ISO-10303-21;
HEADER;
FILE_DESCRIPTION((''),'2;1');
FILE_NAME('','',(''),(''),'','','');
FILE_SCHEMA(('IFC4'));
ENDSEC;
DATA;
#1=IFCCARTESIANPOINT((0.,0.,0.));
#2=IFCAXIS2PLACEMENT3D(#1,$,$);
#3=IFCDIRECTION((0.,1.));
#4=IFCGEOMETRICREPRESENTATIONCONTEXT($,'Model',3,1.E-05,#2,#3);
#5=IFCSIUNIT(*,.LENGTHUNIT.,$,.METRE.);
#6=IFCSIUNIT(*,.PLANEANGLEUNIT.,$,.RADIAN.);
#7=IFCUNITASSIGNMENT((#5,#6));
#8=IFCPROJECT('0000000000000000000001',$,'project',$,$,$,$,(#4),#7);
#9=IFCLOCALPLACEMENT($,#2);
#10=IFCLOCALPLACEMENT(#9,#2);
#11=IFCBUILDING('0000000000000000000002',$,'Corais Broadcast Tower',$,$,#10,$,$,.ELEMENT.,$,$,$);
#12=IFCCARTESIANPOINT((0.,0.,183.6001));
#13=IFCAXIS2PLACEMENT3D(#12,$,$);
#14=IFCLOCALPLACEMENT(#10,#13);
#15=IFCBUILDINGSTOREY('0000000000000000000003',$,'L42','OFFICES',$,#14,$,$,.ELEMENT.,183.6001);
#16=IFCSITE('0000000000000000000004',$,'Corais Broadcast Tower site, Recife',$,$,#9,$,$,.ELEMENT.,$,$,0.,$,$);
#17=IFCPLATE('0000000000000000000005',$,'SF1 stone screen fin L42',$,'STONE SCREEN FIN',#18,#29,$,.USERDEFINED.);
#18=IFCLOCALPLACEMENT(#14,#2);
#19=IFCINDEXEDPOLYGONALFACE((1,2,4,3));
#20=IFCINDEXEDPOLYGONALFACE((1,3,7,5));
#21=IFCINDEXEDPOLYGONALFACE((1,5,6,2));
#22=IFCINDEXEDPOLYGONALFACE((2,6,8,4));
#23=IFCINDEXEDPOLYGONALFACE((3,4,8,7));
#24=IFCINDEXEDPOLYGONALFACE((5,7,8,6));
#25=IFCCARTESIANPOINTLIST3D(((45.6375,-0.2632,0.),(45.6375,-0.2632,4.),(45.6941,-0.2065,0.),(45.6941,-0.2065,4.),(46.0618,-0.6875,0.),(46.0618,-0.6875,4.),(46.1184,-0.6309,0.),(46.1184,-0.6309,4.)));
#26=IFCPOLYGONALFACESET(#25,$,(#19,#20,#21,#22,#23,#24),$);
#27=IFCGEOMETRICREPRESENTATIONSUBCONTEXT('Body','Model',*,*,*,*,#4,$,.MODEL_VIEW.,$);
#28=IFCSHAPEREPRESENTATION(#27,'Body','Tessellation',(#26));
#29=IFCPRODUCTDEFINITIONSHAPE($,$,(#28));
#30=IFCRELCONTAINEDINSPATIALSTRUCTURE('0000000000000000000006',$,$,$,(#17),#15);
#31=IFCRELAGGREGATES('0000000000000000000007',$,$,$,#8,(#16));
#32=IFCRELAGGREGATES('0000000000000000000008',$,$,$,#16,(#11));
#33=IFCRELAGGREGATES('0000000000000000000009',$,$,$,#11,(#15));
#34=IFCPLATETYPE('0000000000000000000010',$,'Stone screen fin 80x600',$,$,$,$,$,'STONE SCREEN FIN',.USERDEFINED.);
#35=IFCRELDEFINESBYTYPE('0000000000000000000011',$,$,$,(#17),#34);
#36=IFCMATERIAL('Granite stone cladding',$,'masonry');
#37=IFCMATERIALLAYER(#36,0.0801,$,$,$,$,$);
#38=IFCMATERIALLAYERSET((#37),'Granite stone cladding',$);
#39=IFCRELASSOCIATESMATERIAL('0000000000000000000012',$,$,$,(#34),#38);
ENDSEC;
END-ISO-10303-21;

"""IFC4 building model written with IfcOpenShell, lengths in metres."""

from ifc_helpers import new_model, si_unit, direction, frame, origin, origin_2d, place, context, subcontext, project, spatial, rectangle, extrude, material, layer, layer_set, type_object, element, save


model = new_model("IFC4")

# Units and contexts
model_context = context("Model", 3, precision=1e-05, world=origin(), true_north=direction((0.0, 1.0)))
body_context = subcontext(model_context, "Body", "Model", "MODEL_VIEW")
ifc_project = project(units=[si_unit("LENGTHUNIT", "METRE"), si_unit("PLANEANGLEUNIT", "RADIAN")], contexts=[model_context])

# Site, building, storey
site_placement = place(None, origin())
site = spatial("IfcSite", under=ifc_project, at=site_placement, Name="Corais Broadcast Tower site, Recife", CompositionType="ELEMENT", RefElevation=0.0)
building_placement = place(site_placement, origin())
building = spatial("IfcBuilding", under=site, at=building_placement, Name="Corais Broadcast Tower", CompositionType="ELEMENT")
storey_placement = place(building_placement, frame((0.0, 0.0, 183.6001)))
storey = spatial("IfcBuildingStorey", under=building, at=storey_placement, Name="L42", Description="OFFICES", CompositionType="ELEMENT", Elevation=183.6001)

# Plate
ifc_material_1 = material(Name="Granite stone cladding", Category="masonry")
ifc_layer_1 = layer(ifc_material_1, 0.0801)
ifc_layer_set_1 = layer_set([ifc_layer_1], Name="Granite stone cladding")
plate_type_1 = type_object("IfcPlateType", Name="Stone screen fin 80x600", ElementType="STONE SCREEN FIN", PredefinedType="USERDEFINED", material=ifc_layer_set_1)
for number, where, z_axis, x_axis, name in (
    (1, (45.8779, -0.447, 0.0), (0.0, 0.0, 1.0), (-0.707107, -0.707107, 0.0), "SF1 stone screen fin L42"),
):
    element("IfcPlate", number, at=place(storey_placement, frame(where, z_axis=z_axis, x_axis=x_axis)), inside=storey, type_object=plate_type_1, Name=name, ObjectType="STONE SCREEN FIN", PredefinedType="USERDEFINED", context=body_context, shape_type="SweptSolid", body=[
        extrude(rectangle(XDim=0.0801, YDim=0.6001, at=origin_2d()), origin(), (0.0, 0.0, 1.0), 4.0),
    ])

save(model, "model.ifc")
